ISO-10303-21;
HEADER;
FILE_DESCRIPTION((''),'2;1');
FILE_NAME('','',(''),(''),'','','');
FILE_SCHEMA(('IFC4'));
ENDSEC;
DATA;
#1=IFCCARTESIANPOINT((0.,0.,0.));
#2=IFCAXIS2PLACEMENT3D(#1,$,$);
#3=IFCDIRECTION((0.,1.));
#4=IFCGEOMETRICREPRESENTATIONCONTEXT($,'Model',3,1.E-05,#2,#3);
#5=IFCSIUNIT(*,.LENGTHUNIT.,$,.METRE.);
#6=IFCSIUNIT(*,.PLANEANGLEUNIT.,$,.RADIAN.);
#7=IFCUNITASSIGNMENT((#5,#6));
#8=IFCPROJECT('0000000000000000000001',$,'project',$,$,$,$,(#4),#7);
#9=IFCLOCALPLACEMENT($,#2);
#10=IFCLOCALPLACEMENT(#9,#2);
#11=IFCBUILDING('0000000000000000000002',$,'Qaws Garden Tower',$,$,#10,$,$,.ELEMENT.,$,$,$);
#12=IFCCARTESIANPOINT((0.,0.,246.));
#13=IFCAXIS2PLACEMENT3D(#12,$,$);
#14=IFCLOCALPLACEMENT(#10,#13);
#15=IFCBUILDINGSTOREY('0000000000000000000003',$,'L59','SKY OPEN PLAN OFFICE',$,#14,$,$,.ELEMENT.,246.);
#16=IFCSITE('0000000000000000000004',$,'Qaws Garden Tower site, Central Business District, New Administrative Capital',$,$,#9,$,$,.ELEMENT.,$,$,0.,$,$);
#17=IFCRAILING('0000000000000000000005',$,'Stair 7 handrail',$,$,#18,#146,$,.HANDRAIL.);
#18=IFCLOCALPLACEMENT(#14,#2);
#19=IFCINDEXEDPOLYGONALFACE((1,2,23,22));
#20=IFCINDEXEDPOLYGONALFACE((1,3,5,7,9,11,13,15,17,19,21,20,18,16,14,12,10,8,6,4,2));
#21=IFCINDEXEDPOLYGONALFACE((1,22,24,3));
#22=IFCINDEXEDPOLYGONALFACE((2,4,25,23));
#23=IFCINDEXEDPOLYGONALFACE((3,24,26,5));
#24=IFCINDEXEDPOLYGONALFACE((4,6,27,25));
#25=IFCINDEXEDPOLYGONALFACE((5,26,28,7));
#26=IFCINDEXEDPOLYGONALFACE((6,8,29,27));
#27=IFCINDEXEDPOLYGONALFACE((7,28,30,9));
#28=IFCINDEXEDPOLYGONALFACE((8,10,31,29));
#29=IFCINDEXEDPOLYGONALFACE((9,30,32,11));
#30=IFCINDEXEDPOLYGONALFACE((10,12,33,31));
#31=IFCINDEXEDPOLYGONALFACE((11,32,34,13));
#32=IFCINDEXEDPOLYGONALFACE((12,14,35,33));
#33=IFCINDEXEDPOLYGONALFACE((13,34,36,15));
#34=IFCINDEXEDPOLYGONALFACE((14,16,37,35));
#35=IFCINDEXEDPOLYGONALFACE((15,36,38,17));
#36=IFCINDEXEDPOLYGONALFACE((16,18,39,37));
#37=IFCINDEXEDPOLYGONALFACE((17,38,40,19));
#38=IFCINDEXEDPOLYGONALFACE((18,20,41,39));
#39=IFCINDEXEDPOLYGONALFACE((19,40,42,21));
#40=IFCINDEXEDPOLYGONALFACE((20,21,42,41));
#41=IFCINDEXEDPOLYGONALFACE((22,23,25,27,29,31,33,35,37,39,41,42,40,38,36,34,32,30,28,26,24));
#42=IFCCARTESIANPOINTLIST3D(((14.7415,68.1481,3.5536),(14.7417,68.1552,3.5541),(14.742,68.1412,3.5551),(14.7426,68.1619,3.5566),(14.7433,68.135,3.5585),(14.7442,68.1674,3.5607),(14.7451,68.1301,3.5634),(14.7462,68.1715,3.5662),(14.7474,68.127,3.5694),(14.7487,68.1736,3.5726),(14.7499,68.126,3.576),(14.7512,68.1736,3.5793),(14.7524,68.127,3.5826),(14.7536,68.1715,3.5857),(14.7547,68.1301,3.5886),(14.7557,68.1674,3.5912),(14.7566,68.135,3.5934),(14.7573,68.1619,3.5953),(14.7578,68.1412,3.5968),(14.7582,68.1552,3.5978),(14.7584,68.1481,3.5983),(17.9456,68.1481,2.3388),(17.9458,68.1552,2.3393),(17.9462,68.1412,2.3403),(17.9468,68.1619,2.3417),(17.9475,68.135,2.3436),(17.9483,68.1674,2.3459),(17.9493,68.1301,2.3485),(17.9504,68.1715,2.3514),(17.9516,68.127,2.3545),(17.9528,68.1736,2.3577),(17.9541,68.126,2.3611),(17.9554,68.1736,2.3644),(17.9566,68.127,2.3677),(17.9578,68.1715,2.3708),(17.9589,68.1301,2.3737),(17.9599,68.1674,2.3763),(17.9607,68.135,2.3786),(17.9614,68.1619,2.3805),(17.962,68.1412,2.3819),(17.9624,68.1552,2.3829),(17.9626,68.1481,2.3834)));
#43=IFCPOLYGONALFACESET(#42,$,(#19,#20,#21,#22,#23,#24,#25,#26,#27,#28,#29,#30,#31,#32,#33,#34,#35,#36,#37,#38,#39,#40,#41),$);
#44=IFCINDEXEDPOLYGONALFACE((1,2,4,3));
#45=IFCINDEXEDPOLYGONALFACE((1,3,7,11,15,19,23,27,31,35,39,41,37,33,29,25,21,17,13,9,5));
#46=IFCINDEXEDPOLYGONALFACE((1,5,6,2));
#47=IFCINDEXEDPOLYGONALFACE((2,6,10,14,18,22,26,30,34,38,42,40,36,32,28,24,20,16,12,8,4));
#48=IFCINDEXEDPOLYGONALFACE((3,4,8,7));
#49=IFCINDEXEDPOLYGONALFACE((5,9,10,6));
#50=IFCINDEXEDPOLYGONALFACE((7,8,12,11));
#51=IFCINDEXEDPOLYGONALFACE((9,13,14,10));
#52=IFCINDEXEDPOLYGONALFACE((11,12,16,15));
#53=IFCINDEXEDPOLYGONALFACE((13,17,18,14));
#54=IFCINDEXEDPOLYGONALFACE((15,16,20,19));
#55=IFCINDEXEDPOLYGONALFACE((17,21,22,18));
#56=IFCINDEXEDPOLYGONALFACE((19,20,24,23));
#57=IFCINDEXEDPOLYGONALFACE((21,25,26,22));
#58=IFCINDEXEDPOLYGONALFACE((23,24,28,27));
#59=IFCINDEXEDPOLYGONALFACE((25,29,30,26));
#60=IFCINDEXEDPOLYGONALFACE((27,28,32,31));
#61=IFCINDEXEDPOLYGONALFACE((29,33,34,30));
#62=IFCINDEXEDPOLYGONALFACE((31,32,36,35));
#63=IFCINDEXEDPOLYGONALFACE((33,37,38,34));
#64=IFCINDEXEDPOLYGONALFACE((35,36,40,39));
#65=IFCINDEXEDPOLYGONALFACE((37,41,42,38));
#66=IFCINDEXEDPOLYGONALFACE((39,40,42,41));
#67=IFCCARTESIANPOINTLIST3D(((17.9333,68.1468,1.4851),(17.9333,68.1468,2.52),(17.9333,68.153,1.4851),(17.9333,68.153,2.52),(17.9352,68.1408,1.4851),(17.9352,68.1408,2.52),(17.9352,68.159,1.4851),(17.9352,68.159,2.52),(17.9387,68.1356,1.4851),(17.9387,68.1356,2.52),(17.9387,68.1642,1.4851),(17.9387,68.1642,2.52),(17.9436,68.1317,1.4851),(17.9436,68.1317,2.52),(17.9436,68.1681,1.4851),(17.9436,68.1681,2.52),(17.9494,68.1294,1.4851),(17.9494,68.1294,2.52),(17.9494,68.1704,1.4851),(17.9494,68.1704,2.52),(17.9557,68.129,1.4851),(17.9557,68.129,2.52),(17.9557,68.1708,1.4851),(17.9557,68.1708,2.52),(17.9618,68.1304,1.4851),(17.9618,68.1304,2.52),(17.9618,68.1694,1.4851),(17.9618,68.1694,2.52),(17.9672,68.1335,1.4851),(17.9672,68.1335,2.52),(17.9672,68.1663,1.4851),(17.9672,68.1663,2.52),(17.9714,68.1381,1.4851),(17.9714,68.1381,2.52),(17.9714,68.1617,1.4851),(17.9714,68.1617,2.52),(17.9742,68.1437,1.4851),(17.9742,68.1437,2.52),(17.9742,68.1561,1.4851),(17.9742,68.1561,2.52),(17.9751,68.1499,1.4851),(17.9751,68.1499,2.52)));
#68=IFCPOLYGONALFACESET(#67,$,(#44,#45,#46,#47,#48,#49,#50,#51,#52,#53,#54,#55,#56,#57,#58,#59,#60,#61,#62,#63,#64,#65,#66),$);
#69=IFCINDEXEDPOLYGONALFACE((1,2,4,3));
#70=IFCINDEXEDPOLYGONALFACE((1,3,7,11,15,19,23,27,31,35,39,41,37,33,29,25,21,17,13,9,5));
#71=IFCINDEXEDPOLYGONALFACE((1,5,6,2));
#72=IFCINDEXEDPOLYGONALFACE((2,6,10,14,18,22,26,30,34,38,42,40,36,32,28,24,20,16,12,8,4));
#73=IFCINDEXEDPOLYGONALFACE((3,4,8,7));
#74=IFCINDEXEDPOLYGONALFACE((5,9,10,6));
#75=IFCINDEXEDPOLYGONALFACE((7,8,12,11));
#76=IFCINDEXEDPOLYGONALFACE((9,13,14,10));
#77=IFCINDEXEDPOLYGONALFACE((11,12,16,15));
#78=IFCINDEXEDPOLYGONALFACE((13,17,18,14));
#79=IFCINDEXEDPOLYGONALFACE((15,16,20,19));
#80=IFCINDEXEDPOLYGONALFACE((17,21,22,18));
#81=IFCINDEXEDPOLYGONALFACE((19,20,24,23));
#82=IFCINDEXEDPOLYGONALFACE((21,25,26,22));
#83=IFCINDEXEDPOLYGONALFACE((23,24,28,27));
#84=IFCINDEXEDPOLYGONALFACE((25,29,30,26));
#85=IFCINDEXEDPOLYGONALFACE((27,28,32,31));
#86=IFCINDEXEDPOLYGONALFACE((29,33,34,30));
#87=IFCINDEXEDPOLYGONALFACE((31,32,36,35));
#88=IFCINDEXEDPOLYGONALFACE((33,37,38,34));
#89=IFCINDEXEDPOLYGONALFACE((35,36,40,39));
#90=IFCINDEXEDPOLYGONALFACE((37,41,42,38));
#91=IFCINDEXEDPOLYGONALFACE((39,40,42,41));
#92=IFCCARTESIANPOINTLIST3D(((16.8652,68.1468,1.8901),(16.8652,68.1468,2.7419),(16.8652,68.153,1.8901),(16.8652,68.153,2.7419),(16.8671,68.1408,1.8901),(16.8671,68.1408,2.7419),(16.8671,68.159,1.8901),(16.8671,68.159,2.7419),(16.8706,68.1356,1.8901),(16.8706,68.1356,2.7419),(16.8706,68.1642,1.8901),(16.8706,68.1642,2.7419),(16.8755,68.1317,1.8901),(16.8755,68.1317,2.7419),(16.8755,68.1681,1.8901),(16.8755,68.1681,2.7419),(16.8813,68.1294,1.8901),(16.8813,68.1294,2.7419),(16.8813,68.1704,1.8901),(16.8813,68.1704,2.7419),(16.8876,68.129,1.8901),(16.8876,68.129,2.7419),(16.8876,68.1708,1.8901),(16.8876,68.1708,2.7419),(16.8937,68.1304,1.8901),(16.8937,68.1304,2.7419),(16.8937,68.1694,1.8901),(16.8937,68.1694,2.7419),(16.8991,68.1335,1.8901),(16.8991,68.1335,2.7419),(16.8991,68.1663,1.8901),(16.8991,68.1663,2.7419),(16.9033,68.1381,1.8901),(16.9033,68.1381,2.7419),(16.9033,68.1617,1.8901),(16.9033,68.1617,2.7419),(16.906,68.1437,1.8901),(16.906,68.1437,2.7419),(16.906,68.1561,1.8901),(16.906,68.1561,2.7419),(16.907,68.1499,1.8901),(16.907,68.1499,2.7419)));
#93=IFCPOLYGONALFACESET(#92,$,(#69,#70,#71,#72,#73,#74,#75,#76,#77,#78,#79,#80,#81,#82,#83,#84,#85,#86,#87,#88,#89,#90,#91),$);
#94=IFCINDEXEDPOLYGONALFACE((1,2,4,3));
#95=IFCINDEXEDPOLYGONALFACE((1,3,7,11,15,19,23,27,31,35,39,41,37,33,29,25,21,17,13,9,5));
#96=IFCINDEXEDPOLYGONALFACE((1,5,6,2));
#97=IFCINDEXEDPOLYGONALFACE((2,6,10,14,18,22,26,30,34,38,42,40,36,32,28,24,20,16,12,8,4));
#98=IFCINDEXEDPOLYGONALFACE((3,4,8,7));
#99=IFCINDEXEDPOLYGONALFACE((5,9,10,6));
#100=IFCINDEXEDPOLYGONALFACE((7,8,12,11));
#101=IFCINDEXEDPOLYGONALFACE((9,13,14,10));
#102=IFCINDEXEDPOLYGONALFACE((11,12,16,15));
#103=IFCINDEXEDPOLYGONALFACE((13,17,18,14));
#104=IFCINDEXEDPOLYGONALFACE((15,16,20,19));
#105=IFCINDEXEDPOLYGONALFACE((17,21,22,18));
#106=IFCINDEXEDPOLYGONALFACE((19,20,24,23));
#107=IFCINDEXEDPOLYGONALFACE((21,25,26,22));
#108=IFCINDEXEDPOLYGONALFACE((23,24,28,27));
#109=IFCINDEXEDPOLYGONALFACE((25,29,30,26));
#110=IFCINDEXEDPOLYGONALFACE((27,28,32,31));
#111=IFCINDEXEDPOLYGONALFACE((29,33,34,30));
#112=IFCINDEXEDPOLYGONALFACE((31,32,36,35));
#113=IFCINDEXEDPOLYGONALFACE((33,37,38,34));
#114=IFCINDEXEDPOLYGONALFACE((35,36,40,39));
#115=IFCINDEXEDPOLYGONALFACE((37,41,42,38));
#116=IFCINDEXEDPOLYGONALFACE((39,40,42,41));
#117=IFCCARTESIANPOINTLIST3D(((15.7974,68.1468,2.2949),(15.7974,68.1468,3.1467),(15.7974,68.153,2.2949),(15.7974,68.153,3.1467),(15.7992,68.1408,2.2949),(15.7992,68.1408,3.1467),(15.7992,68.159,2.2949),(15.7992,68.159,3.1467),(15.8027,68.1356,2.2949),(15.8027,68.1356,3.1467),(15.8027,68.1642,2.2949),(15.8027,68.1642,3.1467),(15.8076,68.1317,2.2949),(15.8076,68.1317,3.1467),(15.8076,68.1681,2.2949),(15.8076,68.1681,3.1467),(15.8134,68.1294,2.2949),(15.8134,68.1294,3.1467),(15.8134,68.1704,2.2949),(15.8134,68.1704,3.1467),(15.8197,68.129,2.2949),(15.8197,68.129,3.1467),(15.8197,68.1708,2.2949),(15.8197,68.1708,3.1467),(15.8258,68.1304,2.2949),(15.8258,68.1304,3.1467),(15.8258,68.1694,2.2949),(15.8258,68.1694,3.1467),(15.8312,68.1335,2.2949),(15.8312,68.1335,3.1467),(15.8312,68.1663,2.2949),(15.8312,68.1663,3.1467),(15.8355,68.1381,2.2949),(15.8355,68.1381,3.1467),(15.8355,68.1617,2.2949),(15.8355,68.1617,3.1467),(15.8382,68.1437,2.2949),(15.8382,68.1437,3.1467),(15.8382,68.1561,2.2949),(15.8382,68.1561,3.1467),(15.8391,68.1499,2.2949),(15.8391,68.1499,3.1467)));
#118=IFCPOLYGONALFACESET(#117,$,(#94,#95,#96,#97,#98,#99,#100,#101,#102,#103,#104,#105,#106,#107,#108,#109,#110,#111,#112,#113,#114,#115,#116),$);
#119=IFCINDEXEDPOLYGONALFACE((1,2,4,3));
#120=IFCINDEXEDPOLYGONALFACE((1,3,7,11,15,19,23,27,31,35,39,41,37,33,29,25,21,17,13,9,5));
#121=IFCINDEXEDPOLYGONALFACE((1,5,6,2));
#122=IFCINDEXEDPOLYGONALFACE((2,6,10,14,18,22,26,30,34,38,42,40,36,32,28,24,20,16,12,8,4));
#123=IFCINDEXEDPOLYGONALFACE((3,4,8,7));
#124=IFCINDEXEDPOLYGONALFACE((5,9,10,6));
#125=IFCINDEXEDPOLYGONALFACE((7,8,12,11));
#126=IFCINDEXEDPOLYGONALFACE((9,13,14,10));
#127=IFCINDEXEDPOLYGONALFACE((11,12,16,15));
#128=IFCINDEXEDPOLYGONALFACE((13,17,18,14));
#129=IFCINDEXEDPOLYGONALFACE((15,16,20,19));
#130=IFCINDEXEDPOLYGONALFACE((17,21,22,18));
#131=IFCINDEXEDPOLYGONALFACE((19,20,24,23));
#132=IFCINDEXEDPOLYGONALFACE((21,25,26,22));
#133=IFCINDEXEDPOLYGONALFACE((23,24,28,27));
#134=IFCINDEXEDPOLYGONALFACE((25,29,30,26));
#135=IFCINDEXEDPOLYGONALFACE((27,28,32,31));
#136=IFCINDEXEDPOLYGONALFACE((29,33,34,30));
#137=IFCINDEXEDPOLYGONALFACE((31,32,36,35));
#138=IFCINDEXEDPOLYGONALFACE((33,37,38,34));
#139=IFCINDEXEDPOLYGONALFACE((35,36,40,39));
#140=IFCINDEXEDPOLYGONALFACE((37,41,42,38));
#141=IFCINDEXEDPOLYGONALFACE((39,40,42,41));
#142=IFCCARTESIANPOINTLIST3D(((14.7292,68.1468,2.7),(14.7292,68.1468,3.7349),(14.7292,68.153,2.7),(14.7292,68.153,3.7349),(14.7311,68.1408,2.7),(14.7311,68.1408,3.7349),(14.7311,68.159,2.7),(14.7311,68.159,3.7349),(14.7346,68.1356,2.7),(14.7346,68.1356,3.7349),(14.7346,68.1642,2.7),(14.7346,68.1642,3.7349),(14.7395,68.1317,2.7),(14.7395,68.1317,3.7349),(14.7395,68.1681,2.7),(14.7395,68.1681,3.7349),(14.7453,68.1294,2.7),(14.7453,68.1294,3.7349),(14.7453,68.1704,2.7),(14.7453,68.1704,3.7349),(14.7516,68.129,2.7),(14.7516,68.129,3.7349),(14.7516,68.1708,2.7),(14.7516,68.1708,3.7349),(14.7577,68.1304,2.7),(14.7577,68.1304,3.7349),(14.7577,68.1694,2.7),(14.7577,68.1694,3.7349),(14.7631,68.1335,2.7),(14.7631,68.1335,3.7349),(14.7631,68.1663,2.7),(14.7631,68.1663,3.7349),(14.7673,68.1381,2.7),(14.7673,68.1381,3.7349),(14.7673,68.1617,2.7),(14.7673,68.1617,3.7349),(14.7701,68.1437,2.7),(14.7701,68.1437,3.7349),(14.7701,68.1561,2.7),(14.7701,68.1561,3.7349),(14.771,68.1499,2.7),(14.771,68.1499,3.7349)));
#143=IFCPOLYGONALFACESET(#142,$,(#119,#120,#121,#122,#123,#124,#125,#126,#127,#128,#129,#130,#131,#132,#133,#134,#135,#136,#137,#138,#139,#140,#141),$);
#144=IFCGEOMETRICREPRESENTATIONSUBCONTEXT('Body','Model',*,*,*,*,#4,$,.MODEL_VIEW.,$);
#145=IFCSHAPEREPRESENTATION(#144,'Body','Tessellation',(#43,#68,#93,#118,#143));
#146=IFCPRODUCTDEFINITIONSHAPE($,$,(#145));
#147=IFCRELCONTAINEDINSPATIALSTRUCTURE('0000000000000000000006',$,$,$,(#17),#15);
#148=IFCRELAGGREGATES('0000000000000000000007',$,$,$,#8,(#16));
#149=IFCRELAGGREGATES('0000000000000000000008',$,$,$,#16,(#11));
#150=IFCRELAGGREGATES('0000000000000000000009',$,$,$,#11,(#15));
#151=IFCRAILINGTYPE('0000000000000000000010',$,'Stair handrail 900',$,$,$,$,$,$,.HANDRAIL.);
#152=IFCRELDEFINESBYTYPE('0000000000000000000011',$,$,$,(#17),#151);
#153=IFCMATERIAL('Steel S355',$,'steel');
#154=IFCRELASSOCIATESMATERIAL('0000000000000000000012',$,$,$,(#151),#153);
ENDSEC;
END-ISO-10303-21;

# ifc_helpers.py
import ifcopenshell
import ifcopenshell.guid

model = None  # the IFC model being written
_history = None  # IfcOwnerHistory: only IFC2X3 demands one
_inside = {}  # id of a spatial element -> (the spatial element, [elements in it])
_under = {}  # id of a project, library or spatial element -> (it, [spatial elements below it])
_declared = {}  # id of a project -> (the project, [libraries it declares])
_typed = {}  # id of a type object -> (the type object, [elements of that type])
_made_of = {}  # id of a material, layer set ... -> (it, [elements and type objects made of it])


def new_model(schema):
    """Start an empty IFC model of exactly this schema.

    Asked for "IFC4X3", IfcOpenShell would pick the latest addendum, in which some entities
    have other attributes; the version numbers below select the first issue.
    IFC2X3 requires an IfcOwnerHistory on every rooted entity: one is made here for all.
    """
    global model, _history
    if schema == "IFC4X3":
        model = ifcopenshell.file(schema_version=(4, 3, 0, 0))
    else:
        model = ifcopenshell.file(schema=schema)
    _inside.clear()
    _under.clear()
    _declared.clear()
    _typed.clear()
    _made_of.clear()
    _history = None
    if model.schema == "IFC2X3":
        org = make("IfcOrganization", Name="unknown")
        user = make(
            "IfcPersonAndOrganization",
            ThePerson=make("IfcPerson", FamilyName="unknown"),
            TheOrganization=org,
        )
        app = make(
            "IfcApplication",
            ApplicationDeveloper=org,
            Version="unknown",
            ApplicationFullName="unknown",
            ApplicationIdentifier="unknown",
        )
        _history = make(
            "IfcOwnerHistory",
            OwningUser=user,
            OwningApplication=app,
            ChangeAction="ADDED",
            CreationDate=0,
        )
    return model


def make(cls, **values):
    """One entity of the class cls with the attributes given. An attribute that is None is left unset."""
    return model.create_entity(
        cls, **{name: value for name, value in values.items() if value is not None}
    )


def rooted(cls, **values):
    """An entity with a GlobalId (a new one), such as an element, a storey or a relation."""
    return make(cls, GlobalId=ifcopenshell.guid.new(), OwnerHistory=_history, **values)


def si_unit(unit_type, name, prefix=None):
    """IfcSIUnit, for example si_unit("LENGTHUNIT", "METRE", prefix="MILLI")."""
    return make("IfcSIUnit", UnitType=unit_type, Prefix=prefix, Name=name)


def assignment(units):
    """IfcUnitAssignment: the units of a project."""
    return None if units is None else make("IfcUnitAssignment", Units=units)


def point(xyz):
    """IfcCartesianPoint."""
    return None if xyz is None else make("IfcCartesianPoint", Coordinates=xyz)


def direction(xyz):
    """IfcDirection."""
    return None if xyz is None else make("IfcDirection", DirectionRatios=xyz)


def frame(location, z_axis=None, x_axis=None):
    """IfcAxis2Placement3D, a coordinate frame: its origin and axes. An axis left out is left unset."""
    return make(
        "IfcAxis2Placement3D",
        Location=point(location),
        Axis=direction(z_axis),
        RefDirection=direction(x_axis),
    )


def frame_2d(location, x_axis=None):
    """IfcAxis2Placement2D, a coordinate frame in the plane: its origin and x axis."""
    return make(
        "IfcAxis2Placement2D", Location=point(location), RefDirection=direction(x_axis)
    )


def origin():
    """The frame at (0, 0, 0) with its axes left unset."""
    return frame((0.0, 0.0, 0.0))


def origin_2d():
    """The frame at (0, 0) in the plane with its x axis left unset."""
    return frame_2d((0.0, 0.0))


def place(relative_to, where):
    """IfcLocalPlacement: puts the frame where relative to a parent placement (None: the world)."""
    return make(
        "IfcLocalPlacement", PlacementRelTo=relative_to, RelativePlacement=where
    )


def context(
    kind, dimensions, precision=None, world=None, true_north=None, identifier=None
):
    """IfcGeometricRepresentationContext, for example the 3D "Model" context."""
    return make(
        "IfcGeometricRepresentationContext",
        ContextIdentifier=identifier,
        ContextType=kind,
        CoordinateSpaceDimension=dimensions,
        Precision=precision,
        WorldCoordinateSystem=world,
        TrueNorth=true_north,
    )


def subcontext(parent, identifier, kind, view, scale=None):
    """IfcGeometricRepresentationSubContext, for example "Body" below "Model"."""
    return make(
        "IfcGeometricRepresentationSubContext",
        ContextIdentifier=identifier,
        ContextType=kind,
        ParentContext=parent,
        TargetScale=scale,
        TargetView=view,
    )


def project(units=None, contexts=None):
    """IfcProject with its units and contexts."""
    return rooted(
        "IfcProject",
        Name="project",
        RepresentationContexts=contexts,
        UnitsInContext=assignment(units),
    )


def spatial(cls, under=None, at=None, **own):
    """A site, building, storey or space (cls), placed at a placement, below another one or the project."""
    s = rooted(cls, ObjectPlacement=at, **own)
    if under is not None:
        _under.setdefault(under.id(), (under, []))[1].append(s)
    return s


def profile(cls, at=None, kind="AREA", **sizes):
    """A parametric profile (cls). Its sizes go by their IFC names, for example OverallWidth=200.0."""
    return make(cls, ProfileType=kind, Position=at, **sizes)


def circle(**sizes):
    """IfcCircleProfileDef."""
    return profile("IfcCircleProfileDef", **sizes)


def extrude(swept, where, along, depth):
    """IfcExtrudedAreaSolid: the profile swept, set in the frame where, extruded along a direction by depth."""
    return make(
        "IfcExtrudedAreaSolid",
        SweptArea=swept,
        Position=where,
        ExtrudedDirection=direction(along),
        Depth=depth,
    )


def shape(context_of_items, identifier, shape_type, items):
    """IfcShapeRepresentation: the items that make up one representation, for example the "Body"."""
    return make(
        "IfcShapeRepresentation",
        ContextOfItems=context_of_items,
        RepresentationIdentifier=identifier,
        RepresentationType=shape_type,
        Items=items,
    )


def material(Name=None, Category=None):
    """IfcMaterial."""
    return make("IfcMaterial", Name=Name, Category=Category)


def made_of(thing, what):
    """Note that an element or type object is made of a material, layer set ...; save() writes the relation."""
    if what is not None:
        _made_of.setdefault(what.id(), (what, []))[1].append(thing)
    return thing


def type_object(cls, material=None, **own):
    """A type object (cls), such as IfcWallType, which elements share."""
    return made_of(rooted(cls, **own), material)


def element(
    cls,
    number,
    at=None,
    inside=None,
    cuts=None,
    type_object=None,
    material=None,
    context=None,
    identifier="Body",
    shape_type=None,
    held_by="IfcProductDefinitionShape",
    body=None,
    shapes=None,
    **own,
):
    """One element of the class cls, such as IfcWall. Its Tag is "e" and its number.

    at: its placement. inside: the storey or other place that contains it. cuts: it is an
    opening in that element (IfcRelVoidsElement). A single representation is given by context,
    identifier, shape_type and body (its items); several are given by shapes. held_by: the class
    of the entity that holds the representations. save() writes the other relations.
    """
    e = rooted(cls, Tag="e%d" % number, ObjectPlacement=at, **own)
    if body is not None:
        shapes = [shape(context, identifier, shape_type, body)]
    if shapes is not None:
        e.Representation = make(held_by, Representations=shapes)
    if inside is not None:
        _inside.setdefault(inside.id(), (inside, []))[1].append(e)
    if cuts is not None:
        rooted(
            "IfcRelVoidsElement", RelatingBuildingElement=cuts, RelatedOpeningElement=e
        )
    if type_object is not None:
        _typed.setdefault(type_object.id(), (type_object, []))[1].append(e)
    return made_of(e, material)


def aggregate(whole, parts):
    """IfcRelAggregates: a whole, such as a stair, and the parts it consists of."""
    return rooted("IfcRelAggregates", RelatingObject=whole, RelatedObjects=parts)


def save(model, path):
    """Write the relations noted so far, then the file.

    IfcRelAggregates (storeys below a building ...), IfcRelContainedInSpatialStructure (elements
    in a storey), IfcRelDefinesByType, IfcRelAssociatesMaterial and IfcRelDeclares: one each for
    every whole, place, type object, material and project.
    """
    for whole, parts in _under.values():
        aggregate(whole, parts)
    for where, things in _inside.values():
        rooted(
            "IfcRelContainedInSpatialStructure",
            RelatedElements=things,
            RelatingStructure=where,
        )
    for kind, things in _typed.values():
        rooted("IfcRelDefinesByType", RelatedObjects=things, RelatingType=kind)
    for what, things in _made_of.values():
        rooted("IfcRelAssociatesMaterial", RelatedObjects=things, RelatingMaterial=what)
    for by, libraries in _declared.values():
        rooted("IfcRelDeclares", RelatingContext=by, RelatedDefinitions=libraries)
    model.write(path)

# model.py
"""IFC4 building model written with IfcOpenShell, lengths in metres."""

from ifc_helpers import new_model, si_unit, direction, frame, origin, origin_2d, place, context, subcontext, project, spatial, circle, extrude, material, type_object, element, save


model = new_model("IFC4")

# Units and contexts
model_context = context("Model", 3, precision=1e-05, world=origin(), true_north=direction((0.0, 1.0)))
body_context = subcontext(model_context, "Body", "Model", "MODEL_VIEW")
ifc_project = project(units=[si_unit("LENGTHUNIT", "METRE"), si_unit("PLANEANGLEUNIT", "RADIAN")], contexts=[model_context])

# Site, building, storey
site_placement = place(None, origin())
site = spatial("IfcSite", under=ifc_project, at=site_placement, Name="Qaws Garden Tower site, Central Business District, New Administrative Capital", CompositionType="ELEMENT", RefElevation=0.0)
building_placement = place(site_placement, origin())
building = spatial("IfcBuilding", under=site, at=building_placement, Name="Qaws Garden Tower", CompositionType="ELEMENT")
storey_placement = place(building_placement, frame((0.0, 0.0, 246.0)))
storey = spatial("IfcBuildingStorey", under=building, at=storey_placement, Name="L59", Description="SKY OPEN PLAN OFFICE", CompositionType="ELEMENT", Elevation=246.0)

# Railing
ifc_material_1 = material(Name="Steel S355", Category="steel")
railing_type = type_object("IfcRailingType", Name="Stair handrail 900", PredefinedType="HANDRAIL", material=ifc_material_1)
railing_1_placement = place(storey_placement, frame((17.9541, 68.1499, 1.4851)))
element("IfcRailing", 1, at=railing_1_placement, inside=storey, type_object=railing_type, Name="Stair 7 handrail", PredefinedType="HANDRAIL", context=body_context, shape_type="SweptSolid", body=[
    extrude(circle(Radius=0.0239, at=origin_2d()), frame((0.0, 0.0, 0.876), z_axis=(-0.935046, 0.0, 0.354525), x_axis=(0.0, -1.0, 0.0)), (0.0, 0.0, 1.0), 3.4268),
    extrude(circle(Radius=0.021, at=origin_2d()), origin(), (0.0, 0.0, 1.0), 1.0349),
    extrude(circle(Radius=0.021, at=origin_2d()), frame((-1.0681, 0.0, 0.405)), (0.0, 0.0, 1.0), 0.8518),
    extrude(circle(Radius=0.021, at=origin_2d()), frame((-2.136, 0.0, 0.8098)), (0.0, 0.0, 1.0), 0.8518),
    extrude(circle(Radius=0.021, at=origin_2d()), frame((-3.2041, 0.0, 1.2148)), (0.0, 0.0, 1.0), 1.0349),
])

save(model, "model.ifc")
